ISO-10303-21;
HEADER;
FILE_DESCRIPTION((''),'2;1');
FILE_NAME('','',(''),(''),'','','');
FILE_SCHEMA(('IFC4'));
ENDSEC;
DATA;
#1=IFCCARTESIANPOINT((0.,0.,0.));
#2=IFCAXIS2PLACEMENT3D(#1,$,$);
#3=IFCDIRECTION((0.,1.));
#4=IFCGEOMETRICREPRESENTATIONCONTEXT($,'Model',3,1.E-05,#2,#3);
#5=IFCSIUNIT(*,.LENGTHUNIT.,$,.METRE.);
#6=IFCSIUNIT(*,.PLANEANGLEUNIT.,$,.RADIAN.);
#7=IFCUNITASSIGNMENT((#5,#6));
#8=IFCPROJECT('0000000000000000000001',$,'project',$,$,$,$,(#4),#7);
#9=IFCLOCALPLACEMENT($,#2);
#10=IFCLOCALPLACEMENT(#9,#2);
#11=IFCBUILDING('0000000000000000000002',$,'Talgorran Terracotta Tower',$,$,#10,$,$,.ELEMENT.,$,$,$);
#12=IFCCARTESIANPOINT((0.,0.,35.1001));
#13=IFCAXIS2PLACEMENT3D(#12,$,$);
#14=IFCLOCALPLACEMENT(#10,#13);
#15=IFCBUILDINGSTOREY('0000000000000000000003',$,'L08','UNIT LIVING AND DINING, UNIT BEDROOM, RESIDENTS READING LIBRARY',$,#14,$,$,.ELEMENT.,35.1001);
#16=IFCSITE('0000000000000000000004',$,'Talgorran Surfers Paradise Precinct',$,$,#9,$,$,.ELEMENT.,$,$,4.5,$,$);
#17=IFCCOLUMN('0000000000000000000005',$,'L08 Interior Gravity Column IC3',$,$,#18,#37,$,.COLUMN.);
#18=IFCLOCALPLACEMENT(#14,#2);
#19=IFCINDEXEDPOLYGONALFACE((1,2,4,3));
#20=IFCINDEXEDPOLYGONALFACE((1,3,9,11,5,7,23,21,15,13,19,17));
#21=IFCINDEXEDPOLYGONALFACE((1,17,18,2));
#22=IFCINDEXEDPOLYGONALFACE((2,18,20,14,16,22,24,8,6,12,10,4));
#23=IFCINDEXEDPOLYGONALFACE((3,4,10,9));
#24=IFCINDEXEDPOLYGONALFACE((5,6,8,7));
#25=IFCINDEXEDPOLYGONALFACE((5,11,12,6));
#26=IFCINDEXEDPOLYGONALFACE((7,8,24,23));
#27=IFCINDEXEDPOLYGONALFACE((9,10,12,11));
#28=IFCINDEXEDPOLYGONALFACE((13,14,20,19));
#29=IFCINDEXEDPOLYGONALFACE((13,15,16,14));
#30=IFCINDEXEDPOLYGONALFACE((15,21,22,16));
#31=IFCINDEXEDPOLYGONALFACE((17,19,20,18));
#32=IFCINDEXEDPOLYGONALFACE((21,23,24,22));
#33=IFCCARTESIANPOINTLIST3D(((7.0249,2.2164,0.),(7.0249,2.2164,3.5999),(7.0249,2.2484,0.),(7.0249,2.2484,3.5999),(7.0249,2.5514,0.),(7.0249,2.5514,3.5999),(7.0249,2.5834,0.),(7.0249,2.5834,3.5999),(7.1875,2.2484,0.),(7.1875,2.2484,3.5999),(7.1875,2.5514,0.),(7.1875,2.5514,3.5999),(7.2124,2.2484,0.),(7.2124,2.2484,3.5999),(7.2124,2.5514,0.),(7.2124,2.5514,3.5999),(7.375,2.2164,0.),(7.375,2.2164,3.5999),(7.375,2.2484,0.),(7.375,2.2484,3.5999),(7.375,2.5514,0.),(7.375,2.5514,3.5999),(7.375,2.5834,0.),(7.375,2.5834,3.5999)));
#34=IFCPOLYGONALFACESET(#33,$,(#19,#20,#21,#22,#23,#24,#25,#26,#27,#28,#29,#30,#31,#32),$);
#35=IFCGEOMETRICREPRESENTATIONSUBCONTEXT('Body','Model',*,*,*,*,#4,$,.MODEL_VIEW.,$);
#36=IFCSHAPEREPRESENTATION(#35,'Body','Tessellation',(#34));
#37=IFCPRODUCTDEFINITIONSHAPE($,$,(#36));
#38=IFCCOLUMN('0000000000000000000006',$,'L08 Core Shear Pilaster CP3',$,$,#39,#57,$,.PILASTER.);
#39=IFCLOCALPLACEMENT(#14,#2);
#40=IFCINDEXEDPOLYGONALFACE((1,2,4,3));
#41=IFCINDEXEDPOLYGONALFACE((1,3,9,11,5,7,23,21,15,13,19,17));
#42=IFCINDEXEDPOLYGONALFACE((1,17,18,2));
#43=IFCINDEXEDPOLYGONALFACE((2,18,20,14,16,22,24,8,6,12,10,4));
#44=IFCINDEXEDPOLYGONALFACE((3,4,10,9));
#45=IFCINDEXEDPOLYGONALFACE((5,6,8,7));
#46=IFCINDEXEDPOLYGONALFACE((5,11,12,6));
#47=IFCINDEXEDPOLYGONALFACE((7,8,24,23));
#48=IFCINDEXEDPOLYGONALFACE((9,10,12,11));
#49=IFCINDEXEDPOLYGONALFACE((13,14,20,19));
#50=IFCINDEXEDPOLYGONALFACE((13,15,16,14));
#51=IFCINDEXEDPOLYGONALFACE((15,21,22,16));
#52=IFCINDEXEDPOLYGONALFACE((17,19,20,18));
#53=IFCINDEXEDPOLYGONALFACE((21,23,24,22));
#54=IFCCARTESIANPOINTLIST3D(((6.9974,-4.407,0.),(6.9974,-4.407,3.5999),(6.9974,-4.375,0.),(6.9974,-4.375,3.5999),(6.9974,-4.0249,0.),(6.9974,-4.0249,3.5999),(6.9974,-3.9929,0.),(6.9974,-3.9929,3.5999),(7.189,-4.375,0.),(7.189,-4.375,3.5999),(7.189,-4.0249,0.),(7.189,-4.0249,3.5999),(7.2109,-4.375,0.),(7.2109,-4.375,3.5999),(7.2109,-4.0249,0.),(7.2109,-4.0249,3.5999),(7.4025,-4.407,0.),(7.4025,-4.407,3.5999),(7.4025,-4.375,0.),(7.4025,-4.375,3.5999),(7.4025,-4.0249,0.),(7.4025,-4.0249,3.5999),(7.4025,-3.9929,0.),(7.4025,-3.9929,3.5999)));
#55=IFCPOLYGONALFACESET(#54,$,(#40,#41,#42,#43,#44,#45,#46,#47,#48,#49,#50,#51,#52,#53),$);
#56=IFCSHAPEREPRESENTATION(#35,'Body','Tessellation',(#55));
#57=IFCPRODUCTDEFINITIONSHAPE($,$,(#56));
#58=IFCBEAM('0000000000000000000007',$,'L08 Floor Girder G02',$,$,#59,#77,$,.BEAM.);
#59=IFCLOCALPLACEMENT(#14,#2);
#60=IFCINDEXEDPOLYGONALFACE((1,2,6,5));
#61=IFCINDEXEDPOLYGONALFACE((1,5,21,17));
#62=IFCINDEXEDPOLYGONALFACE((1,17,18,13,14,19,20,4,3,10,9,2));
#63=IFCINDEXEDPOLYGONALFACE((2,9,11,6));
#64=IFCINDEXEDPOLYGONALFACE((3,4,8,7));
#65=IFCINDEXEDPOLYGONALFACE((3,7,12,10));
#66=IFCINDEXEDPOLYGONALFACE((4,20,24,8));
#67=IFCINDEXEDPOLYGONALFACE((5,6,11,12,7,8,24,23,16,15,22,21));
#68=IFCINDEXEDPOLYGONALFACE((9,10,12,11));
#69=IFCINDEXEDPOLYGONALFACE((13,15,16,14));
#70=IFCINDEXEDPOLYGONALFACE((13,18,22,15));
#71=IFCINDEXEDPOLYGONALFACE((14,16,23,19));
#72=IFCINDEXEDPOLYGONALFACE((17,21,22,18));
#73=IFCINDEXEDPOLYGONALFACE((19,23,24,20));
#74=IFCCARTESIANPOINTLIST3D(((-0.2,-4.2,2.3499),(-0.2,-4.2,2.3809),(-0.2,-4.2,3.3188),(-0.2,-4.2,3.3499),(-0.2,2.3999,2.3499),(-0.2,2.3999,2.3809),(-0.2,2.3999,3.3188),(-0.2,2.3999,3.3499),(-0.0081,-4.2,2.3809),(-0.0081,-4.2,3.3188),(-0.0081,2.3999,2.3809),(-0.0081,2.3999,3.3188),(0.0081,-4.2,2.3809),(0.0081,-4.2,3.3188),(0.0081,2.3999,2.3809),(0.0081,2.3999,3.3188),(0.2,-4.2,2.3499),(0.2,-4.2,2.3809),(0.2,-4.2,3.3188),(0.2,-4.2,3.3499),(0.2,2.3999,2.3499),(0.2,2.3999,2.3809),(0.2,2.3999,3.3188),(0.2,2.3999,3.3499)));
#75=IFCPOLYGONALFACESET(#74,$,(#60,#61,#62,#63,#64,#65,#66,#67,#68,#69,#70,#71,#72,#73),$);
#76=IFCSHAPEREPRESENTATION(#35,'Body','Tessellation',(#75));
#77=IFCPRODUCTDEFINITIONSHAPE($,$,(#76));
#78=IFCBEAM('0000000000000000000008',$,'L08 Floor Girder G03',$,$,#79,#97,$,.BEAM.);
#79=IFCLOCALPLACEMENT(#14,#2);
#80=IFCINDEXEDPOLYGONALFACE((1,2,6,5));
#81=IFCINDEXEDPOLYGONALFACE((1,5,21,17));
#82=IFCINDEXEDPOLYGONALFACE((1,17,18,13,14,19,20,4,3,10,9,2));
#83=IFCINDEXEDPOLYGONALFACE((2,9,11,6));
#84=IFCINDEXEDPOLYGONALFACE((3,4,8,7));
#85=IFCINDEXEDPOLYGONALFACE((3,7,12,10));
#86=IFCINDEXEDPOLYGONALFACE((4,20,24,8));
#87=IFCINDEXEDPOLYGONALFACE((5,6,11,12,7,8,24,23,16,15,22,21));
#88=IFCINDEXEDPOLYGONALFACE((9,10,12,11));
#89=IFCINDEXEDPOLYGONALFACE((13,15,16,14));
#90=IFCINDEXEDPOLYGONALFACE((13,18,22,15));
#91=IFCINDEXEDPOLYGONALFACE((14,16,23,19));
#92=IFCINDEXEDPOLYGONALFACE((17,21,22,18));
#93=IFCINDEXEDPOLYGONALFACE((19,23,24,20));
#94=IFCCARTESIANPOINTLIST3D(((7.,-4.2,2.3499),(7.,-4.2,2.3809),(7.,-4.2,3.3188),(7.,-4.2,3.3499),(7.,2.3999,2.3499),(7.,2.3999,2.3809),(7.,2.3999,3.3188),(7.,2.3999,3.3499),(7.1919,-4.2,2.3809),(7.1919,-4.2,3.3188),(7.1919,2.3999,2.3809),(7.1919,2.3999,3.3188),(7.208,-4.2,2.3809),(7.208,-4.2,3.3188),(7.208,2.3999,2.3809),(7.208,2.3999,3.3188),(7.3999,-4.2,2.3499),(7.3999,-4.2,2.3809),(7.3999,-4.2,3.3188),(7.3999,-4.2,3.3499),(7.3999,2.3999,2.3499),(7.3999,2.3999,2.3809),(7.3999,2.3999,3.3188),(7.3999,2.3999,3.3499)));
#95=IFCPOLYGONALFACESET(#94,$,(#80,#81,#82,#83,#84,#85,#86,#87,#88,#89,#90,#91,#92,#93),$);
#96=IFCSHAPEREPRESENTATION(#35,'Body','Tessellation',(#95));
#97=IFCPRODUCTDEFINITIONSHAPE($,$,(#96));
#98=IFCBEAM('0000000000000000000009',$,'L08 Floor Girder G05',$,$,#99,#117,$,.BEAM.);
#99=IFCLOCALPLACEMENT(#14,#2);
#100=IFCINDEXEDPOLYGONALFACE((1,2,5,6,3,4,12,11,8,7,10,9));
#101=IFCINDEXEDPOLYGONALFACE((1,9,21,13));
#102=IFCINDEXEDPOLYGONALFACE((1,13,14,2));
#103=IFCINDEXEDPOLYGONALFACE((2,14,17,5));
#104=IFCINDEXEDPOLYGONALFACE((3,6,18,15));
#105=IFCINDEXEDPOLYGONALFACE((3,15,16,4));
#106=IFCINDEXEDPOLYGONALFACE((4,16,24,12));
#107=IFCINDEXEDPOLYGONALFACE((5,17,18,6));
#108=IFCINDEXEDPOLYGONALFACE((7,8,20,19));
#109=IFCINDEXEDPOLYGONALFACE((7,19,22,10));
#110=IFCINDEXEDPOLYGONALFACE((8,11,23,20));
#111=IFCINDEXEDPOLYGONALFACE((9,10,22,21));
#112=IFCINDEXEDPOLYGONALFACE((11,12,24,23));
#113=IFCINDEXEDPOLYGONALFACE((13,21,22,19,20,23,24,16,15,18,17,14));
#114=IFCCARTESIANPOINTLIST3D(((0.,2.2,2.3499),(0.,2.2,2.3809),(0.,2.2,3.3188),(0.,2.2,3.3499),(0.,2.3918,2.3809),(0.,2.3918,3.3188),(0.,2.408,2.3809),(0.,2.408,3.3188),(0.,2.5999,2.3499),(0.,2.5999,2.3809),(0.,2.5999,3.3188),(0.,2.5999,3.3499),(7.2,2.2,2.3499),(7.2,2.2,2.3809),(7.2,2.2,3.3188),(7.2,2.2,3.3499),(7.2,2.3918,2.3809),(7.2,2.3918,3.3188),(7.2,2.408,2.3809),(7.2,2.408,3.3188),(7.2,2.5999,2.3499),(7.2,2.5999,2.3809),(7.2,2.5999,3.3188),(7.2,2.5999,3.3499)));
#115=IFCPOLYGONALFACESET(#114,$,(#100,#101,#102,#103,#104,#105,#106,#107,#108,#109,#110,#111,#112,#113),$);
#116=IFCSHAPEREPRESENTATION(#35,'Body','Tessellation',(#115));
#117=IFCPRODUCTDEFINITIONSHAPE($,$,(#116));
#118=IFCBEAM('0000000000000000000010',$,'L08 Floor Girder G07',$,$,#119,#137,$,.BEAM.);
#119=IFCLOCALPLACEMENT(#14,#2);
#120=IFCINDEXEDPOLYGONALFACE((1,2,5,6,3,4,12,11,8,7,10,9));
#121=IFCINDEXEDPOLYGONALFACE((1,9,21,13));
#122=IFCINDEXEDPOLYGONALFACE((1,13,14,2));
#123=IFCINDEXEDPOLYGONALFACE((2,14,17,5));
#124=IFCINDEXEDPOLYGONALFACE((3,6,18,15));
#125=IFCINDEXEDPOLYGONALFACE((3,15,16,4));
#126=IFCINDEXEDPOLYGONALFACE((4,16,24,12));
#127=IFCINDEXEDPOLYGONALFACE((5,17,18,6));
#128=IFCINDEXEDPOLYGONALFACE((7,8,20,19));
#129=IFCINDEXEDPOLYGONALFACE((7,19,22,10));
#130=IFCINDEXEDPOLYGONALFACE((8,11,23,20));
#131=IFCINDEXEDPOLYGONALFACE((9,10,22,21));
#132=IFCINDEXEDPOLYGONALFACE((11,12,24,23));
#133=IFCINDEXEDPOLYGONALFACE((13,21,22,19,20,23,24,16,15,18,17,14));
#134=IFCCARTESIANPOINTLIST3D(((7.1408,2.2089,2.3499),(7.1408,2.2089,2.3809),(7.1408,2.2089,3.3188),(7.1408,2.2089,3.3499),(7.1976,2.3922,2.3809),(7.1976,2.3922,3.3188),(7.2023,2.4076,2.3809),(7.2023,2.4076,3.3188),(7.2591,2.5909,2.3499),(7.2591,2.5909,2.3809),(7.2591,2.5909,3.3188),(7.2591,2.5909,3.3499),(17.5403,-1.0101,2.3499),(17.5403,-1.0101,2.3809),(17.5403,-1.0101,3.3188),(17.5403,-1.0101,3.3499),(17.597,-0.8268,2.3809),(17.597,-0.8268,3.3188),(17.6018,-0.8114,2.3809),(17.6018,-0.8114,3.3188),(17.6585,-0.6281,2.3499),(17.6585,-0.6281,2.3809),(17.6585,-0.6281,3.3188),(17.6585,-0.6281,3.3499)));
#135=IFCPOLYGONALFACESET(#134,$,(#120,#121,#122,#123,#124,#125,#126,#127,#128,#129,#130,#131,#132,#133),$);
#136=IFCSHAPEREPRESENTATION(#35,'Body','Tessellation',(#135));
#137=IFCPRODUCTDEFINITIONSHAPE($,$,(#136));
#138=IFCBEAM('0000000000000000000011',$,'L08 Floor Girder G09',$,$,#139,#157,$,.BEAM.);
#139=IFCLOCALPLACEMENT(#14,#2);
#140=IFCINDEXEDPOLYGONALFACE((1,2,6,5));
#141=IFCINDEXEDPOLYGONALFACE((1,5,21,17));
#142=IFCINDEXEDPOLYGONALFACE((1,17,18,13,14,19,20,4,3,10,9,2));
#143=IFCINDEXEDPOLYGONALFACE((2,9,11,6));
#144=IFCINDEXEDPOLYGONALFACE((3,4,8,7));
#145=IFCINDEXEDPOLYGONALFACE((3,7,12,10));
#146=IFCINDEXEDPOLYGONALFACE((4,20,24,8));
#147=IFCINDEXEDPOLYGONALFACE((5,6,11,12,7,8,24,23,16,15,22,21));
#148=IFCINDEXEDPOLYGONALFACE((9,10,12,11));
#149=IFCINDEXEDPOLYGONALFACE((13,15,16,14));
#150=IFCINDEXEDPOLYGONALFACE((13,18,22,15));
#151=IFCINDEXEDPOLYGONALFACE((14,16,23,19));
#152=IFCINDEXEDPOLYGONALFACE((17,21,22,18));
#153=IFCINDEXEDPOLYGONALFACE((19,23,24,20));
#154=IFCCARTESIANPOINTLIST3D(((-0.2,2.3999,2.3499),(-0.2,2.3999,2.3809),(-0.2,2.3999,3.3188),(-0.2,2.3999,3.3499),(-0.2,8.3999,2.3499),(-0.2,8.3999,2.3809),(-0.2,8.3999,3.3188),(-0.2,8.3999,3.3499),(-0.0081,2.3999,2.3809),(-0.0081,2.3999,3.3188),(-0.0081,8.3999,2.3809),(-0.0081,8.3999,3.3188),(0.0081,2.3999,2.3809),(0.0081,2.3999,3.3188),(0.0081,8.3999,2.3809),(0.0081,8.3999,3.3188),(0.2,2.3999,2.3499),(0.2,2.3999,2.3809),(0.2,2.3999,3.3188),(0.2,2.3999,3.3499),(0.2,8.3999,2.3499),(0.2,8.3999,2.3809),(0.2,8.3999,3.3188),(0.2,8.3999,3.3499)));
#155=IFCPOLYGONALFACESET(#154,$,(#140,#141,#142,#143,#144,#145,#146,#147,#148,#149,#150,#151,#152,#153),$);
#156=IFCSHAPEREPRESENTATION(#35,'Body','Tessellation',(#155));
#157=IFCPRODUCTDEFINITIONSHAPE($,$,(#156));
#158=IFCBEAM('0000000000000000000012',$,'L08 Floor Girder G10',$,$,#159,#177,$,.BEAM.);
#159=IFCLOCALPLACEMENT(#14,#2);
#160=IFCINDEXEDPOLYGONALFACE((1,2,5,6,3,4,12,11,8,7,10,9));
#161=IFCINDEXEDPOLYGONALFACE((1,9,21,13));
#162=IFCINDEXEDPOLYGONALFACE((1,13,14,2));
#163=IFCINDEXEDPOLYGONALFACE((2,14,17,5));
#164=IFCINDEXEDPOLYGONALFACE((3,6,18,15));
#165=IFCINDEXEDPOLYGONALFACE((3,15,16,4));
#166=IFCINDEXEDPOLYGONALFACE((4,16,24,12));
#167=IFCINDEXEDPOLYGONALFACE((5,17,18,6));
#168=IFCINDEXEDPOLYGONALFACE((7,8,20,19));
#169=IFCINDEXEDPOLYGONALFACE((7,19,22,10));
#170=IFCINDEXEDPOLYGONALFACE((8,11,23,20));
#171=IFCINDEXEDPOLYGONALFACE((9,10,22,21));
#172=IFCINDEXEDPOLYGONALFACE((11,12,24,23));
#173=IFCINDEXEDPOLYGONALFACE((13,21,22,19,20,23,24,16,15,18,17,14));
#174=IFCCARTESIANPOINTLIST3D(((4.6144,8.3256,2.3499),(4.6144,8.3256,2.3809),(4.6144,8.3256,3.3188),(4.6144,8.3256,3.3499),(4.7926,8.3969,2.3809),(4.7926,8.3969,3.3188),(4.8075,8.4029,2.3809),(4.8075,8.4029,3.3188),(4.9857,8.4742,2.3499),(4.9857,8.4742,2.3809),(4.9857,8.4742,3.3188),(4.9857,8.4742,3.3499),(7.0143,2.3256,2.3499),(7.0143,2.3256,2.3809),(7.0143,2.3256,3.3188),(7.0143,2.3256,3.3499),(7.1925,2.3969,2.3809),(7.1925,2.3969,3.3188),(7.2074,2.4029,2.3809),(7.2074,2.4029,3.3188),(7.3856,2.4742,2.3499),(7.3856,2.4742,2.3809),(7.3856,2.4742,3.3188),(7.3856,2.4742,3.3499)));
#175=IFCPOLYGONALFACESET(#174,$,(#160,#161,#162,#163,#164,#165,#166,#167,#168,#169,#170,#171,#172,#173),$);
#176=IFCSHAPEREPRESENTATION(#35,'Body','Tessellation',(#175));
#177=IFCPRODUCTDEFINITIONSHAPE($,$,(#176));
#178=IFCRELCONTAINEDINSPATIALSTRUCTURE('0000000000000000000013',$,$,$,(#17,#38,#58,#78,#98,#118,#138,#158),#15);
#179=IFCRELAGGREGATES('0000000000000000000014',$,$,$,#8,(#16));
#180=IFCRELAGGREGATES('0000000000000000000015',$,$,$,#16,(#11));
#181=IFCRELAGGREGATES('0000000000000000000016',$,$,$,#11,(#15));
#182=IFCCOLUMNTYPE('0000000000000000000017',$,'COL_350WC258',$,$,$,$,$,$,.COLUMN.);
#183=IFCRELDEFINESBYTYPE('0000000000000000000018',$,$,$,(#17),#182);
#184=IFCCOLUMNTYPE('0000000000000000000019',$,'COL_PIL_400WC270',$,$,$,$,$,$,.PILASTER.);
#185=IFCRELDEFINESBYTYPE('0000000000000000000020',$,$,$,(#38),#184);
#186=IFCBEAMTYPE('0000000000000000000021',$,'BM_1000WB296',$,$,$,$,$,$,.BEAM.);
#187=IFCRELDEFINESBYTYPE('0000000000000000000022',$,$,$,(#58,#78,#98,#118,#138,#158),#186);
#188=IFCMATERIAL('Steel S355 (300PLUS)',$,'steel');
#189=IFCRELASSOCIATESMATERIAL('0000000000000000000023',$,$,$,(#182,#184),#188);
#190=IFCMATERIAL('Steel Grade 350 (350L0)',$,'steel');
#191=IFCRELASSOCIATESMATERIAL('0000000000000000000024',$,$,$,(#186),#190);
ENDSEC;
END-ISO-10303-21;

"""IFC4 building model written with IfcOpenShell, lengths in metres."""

from ifc_helpers import new_model, si_unit, direction, frame, origin, origin_2d, place, context, subcontext, project, spatial, i_section, extrude, material, material_profile, profile_set, type_object, element, save


model = new_model("IFC4")

# Units and contexts
model_context = context("Model", 3, precision=1e-05, world=origin(), true_north=direction((0.0, 1.0)))
body_context = subcontext(model_context, "Body", "Model", "MODEL_VIEW")
ifc_project = project(units=[si_unit("LENGTHUNIT", "METRE"), si_unit("PLANEANGLEUNIT", "RADIAN")], contexts=[model_context])

# Site, building, storey
site_placement = place(None, origin())
site = spatial("IfcSite", under=ifc_project, at=site_placement, Name="Talgorran Surfers Paradise Precinct", CompositionType="ELEMENT", RefElevation=4.5)
building_placement = place(site_placement, origin())
building = spatial("IfcBuilding", under=site, at=building_placement, Name="Talgorran Terracotta Tower", CompositionType="ELEMENT")
storey_placement = place(building_placement, frame((0.0, 0.0, 35.1001)))
storey = spatial("IfcBuildingStorey", under=building, at=storey_placement, Name="L08", Description="UNIT LIVING AND DINING, UNIT BEDROOM, RESIDENTS READING LIBRARY", CompositionType="ELEMENT", Elevation=35.1001)

# Columns
ifc_material_1 = material(Name="Steel S355 (300PLUS)", Category="steel")
ifc_material_profile_1 = material_profile(ifc_material_1, i_section(OverallWidth=0.3501, OverallDepth=0.3669, WebThickness=0.0249, FlangeThickness=0.032, at=origin_2d()), Name="350WC258")
ifc_profile_set_1 = profile_set([ifc_material_profile_1], Name="Steel S355 (300PLUS)")
column_type_1 = type_object("IfcColumnType", Name="COL_350WC258", PredefinedType="COLUMN", material=ifc_profile_set_1)
column_1_placement = place(storey_placement, frame((7.2, 2.3999, 0.0), z_axis=(0.0, 0.0, 1.0), x_axis=(1.0, 0.0, 0.0)))
element("IfcColumn", 1, at=column_1_placement, inside=storey, type_object=column_type_1, Name="L08 Interior Gravity Column IC3", PredefinedType="COLUMN", context=body_context, shape_type="SweptSolid", body=[
    extrude(i_section(OverallWidth=0.3501, OverallDepth=0.3669, WebThickness=0.0249, FlangeThickness=0.032, at=origin_2d()), origin(), (0.0, 0.0, 1.0), 3.5999),
])
ifc_material_profile_2 = material_profile(ifc_material_1, i_section(OverallWidth=0.405, OverallDepth=0.4141, WebThickness=0.022, FlangeThickness=0.032, at=origin_2d()), Name="400WC270")
ifc_profile_set_2 = profile_set([ifc_material_profile_2], Name="Steel S355 (300PLUS)")
column_type_2 = type_object("IfcColumnType", Name="COL_PIL_400WC270", PredefinedType="PILASTER", material=ifc_profile_set_2)
column_2_placement = place(storey_placement, frame((7.2, -4.2, 0.0), z_axis=(0.0, 0.0, 1.0), x_axis=(1.0, 0.0, 0.0)))
element("IfcColumn", 2, at=column_2_placement, inside=storey, type_object=column_type_2, Name="L08 Core Shear Pilaster CP3", PredefinedType="PILASTER", context=body_context, shape_type="SweptSolid", body=[
    extrude(i_section(OverallWidth=0.405, OverallDepth=0.4141, WebThickness=0.022, FlangeThickness=0.032, at=origin_2d()), origin(), (0.0, 0.0, 1.0), 3.5999),
])

# Beams
ifc_material_2 = material(Name="Steel Grade 350 (350L0)", Category="steel")
ifc_material_profile_3 = material_profile(ifc_material_2, i_section(OverallWidth=0.3999, OverallDepth=1.0, WebThickness=0.0161, FlangeThickness=0.031, at=origin_2d()), Name="1000WB296")
ifc_profile_set_3 = profile_set([ifc_material_profile_3], Name="Steel Grade 350 (350L0)")
beam_type_1 = type_object("IfcBeamType", Name="BM_1000WB296", PredefinedType="BEAM", material=ifc_profile_set_3)
for number, where, z_axis, x_axis, name in (
    (3, (0.0, -4.2, 2.8499), (0.0, 1.0, 0.0), (-1.0, 0.0, 0.0), "L08 Floor Girder G02"),
    (4, (7.2, -4.2, 2.8499), (0.0, 1.0, 0.0), (-1.0, 0.0, 0.0), "L08 Floor Girder G03"),
):
    element("IfcBeam", number, at=place(storey_placement, frame(where, z_axis=z_axis, x_axis=x_axis)), inside=storey, type_object=beam_type_1, Name=name, PredefinedType="BEAM", context=body_context, shape_type="SweptSolid", body=[
        extrude(i_section(OverallWidth=0.3999, OverallDepth=1.0, WebThickness=0.0161, FlangeThickness=0.031, at=origin_2d()), origin(), (0.0, 0.0, 1.0), 6.5999),
    ])
beam_1_placement = place(storey_placement, frame((0.0, 2.3999, 2.8499), z_axis=(1.0, 0.0, 0.0), x_axis=(0.0, 1.0, 0.0)))
element("IfcBeam", 5, at=beam_1_placement, inside=storey, type_object=beam_type_1, Name="L08 Floor Girder G05", PredefinedType="BEAM", context=body_context, shape_type="SweptSolid", body=[
    extrude(i_section(OverallWidth=0.3999, OverallDepth=1.0, WebThickness=0.0161, FlangeThickness=0.031, at=origin_2d()), origin(), (0.0, 0.0, 1.0), 7.2),
])
beam_2_placement = place(storey_placement, frame((7.2, 2.3999, 2.8499), z_axis=(0.955283, -0.295694, 0.0), x_axis=(0.295694, 0.955283, 0.0)))
element("IfcBeam", 6, at=beam_2_placement, inside=storey, type_object=beam_type_1, Name="L08 Floor Girder G07", PredefinedType="BEAM", context=body_context, shape_type="SweptSolid", body=[
    extrude(i_section(OverallWidth=0.3999, OverallDepth=1.0, WebThickness=0.0161, FlangeThickness=0.031, at=origin_2d()), origin(), (0.0, 0.0, 1.0), 10.8862),
])
beam_3_placement = place(storey_placement, frame((0.0, 2.3999, 2.8499), z_axis=(0.0, 1.0, 0.0), x_axis=(-1.0, 0.0, 0.0)))
element("IfcBeam", 7, at=beam_3_placement, inside=storey, type_object=beam_type_1, Name="L08 Floor Girder G09", PredefinedType="BEAM", context=body_context, shape_type="SweptSolid", body=[
    extrude(i_section(OverallWidth=0.3999, OverallDepth=1.0, WebThickness=0.0161, FlangeThickness=0.031, at=origin_2d()), origin(), (0.0, 0.0, 1.0), 6.0),
])
beam_4_placement = place(storey_placement, frame((7.2, 2.3999, 2.8499), z_axis=(-0.371378, 0.928482, 0.0), x_axis=(-0.928482, -0.371378, 0.0)))
element("IfcBeam", 8, at=beam_4_placement, inside=storey, type_object=beam_type_1, Name="L08 Floor Girder G10", PredefinedType="BEAM", context=body_context, shape_type="SweptSolid", body=[
    extrude(i_section(OverallWidth=0.3999, OverallDepth=1.0, WebThickness=0.0161, FlangeThickness=0.031, at=origin_2d()), origin(), (0.0, 0.0, 1.0), 6.4622),
])

save(model, "model.ifc")
